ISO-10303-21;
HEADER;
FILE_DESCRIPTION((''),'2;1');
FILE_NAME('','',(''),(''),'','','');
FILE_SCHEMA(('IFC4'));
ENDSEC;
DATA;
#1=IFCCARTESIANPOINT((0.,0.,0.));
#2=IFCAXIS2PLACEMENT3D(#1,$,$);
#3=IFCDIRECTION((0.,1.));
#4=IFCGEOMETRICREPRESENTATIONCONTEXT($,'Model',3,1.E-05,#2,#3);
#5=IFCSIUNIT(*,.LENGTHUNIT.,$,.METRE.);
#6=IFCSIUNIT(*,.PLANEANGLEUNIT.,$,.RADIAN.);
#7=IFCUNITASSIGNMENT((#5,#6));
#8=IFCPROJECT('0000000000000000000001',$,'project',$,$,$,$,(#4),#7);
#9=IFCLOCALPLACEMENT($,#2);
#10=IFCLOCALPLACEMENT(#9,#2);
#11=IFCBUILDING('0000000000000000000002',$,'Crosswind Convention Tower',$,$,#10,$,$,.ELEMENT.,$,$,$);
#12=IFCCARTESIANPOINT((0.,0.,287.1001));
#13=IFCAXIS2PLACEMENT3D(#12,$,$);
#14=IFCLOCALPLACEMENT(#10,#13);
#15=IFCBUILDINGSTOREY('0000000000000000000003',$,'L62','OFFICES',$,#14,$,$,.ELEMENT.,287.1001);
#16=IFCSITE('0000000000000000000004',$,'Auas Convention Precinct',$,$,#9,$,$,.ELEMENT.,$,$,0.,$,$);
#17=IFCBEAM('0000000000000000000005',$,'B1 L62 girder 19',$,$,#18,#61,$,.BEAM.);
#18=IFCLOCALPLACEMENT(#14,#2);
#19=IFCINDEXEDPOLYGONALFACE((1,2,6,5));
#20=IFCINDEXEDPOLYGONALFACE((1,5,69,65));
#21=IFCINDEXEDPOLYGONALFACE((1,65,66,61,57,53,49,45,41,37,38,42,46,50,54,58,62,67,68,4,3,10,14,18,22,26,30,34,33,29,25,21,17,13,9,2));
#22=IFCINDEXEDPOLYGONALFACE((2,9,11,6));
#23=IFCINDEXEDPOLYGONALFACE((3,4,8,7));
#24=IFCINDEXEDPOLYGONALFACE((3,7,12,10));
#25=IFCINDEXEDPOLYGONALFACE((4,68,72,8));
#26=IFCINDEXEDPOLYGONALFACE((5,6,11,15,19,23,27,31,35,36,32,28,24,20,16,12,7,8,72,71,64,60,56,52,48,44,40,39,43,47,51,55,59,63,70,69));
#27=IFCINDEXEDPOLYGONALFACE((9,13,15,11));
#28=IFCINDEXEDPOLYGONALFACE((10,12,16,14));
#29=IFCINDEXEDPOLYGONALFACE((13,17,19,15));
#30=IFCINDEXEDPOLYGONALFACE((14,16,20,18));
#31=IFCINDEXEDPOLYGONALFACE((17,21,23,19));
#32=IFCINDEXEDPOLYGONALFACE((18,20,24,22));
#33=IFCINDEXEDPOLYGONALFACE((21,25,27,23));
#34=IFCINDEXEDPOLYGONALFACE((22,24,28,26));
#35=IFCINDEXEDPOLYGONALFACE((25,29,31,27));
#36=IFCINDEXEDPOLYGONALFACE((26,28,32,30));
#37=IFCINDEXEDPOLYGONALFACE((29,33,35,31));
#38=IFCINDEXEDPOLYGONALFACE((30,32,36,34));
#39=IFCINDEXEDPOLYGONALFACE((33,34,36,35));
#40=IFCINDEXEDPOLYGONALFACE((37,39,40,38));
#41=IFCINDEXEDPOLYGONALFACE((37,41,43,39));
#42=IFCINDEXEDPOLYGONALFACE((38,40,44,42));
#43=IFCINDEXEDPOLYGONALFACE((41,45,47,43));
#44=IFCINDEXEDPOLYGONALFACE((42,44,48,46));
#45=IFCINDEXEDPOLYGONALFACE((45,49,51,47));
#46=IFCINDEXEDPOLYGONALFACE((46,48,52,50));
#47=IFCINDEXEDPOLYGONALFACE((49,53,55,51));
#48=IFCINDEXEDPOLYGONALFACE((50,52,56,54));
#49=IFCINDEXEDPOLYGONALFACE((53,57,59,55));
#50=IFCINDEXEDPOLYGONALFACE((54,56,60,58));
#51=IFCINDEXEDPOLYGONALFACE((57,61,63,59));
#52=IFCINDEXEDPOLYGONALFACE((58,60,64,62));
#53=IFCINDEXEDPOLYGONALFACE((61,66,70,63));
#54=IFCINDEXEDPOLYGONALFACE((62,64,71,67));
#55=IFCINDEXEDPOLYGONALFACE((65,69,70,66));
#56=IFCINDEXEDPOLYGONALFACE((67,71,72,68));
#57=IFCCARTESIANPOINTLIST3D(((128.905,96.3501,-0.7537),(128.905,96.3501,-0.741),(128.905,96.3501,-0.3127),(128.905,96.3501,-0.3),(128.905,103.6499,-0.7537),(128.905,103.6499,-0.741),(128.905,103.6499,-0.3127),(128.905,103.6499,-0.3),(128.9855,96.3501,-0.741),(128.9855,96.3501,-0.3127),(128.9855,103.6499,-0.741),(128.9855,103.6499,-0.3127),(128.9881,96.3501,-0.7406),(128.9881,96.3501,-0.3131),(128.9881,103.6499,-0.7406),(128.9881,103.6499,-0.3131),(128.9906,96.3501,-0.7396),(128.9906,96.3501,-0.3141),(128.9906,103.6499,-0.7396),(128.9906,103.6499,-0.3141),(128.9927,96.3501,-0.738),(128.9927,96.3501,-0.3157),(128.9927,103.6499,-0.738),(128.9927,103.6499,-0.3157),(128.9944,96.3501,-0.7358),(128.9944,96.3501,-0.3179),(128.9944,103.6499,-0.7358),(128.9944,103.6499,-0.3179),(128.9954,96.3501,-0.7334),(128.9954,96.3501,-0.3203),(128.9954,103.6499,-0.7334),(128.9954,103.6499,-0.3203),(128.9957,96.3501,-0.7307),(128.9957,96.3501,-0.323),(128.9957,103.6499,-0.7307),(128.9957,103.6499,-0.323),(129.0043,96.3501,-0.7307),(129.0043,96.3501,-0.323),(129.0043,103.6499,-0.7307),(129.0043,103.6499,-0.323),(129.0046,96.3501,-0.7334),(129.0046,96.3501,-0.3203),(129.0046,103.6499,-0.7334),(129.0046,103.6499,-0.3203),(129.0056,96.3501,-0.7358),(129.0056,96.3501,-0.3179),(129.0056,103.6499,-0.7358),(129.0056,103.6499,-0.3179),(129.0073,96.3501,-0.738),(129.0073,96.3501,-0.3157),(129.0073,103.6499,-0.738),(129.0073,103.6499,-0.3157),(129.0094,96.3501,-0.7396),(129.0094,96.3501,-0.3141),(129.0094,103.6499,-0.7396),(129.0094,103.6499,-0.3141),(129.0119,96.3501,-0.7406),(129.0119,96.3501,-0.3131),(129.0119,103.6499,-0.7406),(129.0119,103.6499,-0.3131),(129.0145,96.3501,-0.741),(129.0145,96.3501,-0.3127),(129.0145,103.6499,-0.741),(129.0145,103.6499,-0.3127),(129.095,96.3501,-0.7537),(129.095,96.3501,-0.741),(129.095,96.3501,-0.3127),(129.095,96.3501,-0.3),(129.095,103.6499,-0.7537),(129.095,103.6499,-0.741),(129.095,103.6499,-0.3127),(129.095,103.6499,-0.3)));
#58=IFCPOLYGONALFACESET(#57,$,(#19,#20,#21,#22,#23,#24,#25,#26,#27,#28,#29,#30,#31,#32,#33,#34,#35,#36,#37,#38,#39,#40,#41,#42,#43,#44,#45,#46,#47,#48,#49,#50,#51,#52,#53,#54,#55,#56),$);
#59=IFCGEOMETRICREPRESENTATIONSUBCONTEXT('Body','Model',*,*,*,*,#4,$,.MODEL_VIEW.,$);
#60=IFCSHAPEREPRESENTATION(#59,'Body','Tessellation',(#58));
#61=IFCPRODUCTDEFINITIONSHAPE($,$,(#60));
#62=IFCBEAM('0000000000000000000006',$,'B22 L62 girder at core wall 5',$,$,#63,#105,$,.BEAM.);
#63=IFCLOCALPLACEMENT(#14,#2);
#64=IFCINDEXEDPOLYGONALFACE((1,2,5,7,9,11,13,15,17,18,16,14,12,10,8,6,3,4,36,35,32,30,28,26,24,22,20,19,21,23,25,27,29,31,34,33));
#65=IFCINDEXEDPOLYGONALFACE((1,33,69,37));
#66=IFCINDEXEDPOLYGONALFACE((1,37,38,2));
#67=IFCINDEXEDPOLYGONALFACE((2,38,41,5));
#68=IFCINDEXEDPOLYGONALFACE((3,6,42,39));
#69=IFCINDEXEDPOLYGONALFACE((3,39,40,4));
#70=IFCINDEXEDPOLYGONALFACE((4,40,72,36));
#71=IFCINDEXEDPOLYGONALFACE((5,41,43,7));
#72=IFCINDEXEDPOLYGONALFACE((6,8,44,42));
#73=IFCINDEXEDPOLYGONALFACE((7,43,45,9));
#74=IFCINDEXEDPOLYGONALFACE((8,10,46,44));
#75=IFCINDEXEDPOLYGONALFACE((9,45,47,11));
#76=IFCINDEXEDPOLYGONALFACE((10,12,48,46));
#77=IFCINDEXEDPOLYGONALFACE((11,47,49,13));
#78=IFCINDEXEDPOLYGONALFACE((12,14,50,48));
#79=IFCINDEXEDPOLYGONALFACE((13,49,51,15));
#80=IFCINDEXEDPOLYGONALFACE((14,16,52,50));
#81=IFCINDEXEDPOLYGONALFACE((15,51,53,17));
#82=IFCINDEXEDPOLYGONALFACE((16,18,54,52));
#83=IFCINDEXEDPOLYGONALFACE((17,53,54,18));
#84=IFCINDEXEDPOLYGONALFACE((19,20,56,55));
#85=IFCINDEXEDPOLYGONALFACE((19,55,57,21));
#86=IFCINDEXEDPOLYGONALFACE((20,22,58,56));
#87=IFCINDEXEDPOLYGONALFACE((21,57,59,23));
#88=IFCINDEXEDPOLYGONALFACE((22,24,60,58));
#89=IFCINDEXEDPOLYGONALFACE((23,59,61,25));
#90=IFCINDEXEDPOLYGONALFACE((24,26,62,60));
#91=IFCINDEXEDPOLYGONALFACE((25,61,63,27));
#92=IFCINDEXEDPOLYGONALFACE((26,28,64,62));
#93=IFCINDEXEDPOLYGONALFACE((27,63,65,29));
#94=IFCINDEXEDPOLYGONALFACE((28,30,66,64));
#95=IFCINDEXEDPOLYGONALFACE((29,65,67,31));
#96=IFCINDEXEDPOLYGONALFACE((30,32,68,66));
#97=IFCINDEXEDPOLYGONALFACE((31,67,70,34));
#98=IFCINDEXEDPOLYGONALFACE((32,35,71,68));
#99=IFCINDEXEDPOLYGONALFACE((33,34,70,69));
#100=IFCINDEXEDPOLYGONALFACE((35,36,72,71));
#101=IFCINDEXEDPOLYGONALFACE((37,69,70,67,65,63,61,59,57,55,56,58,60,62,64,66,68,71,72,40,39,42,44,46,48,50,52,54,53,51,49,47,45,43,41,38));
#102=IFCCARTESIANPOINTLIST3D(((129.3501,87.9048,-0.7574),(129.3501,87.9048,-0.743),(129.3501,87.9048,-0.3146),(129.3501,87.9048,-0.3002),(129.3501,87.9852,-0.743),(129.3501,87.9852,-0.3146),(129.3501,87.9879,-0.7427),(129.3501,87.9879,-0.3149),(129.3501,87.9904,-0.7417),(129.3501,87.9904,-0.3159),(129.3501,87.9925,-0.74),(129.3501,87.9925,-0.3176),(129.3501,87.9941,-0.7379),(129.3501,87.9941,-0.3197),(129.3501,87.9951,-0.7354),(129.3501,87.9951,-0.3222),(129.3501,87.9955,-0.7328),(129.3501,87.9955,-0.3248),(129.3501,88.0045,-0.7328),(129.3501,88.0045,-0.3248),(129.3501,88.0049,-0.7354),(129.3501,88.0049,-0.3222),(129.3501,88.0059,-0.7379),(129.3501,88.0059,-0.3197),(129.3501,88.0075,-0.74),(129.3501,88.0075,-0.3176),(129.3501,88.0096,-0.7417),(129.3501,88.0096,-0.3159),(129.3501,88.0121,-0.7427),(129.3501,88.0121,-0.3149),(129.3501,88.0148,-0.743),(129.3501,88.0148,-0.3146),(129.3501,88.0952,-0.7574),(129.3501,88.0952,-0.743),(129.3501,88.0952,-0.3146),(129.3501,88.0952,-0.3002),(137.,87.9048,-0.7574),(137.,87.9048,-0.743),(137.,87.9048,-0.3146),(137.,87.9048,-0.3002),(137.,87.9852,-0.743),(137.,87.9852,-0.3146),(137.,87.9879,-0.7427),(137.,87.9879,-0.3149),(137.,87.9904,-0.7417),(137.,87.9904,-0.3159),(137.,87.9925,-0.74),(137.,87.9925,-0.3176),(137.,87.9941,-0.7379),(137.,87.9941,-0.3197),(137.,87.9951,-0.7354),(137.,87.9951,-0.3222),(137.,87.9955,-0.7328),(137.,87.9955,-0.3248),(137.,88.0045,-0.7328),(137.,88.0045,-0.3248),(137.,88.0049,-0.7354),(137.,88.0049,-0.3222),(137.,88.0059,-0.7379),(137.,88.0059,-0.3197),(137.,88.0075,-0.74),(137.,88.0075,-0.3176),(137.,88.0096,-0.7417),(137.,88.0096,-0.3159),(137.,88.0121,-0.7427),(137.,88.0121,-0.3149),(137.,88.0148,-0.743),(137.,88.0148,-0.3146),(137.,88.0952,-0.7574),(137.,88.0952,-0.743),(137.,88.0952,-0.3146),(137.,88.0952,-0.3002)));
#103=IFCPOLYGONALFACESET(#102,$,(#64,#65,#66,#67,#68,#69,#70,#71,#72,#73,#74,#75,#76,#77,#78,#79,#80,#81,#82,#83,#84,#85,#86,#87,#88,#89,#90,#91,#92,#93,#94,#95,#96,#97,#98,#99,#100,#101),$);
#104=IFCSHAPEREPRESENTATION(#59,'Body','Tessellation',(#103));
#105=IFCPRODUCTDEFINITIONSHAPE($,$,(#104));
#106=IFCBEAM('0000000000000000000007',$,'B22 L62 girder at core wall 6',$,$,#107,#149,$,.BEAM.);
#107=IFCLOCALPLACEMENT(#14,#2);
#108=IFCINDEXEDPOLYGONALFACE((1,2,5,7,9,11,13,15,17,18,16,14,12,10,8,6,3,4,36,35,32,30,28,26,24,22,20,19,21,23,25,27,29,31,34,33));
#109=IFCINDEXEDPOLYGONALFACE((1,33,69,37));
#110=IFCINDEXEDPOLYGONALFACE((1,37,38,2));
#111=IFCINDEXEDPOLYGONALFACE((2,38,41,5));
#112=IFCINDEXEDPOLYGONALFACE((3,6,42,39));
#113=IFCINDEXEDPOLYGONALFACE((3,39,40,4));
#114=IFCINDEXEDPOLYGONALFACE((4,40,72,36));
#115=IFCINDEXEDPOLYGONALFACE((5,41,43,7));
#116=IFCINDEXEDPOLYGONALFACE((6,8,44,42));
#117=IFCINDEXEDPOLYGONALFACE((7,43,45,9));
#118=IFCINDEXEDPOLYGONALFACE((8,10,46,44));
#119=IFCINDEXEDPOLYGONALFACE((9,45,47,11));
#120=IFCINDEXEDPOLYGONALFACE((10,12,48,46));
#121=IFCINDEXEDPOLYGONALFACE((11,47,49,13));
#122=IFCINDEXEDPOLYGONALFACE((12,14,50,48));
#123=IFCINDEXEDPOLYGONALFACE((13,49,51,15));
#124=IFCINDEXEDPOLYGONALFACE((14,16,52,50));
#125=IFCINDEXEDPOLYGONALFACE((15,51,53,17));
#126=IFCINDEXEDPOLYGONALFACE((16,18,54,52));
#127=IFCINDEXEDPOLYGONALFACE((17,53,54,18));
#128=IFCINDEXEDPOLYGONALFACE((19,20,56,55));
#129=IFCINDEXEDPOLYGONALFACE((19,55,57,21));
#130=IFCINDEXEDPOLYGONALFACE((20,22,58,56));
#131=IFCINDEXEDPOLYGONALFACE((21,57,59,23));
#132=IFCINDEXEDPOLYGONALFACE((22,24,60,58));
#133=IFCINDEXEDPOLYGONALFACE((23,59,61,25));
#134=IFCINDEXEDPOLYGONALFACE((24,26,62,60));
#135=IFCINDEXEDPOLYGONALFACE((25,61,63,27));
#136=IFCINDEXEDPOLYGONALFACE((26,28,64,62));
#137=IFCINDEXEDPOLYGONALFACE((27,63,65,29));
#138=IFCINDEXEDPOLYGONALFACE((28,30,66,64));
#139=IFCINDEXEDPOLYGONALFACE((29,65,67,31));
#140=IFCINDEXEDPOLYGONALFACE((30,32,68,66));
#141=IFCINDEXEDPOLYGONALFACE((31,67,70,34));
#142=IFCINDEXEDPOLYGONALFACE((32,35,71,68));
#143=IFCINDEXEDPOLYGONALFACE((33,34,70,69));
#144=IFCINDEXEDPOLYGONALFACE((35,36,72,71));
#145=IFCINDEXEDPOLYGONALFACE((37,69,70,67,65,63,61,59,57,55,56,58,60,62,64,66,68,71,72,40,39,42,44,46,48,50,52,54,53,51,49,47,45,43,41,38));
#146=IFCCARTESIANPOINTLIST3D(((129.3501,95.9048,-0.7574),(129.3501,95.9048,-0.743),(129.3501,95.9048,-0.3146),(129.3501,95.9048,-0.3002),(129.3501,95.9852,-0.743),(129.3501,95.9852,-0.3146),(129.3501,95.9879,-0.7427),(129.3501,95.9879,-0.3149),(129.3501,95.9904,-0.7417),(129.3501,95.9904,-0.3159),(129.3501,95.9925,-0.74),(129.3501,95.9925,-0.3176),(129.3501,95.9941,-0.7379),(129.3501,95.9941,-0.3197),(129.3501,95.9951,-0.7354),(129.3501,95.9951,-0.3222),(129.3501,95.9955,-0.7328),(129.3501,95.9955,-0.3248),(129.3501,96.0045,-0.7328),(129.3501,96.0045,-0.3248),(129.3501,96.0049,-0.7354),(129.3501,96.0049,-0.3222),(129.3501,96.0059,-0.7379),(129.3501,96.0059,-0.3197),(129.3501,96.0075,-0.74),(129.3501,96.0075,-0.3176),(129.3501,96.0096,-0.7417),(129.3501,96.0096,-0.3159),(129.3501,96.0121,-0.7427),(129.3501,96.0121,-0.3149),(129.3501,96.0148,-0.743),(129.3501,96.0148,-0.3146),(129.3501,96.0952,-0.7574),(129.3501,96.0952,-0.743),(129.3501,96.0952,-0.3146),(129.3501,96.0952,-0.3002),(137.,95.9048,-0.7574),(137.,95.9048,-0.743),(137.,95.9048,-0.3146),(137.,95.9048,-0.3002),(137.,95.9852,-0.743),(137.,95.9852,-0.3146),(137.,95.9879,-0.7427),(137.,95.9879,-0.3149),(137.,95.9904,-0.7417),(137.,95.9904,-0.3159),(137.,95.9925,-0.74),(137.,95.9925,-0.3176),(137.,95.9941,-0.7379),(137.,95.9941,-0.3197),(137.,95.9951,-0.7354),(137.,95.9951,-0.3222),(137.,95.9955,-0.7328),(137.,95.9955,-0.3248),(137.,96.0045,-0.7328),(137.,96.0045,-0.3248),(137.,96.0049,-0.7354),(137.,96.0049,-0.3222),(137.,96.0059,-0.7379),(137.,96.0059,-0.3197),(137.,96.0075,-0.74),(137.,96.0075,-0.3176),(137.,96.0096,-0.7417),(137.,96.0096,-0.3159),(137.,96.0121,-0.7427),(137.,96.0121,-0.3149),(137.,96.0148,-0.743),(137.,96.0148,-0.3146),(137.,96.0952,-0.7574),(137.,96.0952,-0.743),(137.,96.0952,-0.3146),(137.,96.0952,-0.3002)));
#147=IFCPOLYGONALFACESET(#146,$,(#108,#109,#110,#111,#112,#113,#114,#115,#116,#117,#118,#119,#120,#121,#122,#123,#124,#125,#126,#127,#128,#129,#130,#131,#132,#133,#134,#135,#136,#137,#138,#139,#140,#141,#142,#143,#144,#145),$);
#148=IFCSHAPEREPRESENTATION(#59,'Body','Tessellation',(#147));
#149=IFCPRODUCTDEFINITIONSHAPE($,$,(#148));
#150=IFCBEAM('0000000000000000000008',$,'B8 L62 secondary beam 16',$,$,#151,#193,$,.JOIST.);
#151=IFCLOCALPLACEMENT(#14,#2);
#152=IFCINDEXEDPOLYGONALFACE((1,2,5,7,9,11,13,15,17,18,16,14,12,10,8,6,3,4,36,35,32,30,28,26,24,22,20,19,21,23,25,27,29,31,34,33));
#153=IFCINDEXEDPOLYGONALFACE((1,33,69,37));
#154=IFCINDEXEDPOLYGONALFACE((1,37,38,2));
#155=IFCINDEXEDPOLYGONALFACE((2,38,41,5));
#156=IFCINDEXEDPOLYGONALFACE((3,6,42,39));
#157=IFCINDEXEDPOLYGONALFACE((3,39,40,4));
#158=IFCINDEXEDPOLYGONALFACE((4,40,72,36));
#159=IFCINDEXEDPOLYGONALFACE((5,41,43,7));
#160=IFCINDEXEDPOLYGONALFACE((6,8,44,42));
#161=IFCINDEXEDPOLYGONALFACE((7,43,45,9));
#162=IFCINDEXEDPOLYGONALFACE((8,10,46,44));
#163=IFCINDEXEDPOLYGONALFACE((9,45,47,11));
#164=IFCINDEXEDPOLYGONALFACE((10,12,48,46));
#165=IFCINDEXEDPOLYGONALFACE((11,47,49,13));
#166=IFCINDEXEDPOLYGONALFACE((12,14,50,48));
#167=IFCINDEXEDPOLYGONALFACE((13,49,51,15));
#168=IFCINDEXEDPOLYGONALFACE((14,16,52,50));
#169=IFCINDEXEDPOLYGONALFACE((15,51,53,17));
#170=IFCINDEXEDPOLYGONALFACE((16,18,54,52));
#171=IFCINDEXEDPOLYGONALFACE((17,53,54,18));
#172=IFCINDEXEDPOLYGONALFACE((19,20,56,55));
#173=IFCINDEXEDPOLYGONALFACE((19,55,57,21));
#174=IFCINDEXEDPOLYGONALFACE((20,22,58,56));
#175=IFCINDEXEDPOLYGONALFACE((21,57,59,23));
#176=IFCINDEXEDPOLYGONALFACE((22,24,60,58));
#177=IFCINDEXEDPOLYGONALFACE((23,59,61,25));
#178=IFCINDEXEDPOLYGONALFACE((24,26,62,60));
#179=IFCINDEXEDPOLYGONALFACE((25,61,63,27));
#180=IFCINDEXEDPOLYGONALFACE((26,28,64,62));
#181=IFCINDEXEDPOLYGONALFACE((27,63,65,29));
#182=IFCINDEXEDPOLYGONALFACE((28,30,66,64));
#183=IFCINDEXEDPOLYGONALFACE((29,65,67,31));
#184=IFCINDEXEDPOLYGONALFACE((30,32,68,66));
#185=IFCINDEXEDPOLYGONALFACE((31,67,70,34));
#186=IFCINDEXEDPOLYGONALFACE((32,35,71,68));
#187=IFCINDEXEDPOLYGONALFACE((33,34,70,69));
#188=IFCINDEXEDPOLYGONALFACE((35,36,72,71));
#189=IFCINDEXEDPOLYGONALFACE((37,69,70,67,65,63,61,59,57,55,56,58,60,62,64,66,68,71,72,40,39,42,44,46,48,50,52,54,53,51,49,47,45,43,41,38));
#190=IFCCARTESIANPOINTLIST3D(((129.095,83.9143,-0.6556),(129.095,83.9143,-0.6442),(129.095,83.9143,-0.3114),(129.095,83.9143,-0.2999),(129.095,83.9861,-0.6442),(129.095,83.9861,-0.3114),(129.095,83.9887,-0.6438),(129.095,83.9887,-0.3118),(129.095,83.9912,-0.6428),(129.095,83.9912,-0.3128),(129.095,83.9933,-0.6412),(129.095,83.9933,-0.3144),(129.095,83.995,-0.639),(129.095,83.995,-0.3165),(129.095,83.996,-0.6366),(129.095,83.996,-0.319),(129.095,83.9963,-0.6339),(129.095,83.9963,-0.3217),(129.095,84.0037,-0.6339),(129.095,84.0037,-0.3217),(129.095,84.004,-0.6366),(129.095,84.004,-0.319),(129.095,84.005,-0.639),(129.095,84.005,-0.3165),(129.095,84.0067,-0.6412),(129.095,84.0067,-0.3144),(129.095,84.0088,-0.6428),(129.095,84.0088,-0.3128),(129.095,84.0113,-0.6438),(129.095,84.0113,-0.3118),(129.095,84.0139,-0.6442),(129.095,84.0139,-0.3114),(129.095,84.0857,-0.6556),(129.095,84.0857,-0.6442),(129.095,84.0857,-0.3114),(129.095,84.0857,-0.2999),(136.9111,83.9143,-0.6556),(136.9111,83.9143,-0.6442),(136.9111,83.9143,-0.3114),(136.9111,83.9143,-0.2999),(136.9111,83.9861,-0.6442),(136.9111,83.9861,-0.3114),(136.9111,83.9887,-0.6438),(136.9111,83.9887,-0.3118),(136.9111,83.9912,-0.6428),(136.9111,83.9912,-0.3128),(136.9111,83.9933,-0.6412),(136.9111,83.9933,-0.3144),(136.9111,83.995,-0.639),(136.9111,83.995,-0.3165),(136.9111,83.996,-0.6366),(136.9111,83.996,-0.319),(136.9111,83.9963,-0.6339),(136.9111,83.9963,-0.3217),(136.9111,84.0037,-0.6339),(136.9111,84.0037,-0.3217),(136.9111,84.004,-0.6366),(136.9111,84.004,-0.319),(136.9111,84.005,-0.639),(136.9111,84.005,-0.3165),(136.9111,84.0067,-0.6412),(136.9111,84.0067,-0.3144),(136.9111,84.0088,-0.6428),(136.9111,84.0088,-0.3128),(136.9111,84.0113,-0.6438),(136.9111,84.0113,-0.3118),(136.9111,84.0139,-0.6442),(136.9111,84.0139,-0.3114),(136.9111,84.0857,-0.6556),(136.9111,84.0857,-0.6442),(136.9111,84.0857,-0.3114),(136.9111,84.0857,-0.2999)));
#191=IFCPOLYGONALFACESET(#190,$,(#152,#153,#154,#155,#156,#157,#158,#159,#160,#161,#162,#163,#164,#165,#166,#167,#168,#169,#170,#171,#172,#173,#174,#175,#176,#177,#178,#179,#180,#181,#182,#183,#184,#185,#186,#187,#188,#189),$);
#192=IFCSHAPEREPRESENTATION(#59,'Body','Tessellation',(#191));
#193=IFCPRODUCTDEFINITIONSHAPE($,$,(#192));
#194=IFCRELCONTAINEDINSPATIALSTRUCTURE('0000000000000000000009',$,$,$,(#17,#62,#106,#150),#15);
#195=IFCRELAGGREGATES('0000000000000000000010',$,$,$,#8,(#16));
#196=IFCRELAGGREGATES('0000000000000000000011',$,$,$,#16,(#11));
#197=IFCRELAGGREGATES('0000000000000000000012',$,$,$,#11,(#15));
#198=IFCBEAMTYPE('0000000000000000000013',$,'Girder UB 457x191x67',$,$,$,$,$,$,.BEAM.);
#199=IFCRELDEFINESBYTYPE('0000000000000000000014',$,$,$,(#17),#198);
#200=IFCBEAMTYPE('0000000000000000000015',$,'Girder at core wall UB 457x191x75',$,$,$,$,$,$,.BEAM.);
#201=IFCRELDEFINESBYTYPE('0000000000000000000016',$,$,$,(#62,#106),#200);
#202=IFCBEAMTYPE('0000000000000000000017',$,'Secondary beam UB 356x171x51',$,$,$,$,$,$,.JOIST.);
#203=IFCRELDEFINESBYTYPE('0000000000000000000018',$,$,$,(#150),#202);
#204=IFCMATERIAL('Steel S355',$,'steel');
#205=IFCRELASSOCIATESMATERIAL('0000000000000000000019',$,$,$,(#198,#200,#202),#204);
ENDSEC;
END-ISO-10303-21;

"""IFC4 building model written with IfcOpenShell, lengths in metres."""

from ifc_helpers import new_model, si_unit, direction, frame, origin, origin_2d, place, context, subcontext, project, spatial, i_section, extrude, material, material_profile, profile_set, type_object, element, save


model = new_model("IFC4")

# Units and contexts
model_context = context("Model", 3, precision=1e-05, world=origin(), true_north=direction((0.0, 1.0)))
body_context = subcontext(model_context, "Body", "Model", "MODEL_VIEW")
ifc_project = project(units=[si_unit("LENGTHUNIT", "METRE"), si_unit("PLANEANGLEUNIT", "RADIAN")], contexts=[model_context])

# Site, building, storey
site_placement = place(None, origin())
site = spatial("IfcSite", under=ifc_project, at=site_placement, Name="Auas Convention Precinct", CompositionType="ELEMENT", RefElevation=0.0)
building_placement = place(site_placement, origin())
building = spatial("IfcBuilding", under=site, at=building_placement, Name="Crosswind Convention Tower", CompositionType="ELEMENT")
storey_placement = place(building_placement, frame((0.0, 0.0, 287.1001)))
storey = spatial("IfcBuildingStorey", under=building, at=storey_placement, Name="L62", Description="OFFICES", CompositionType="ELEMENT", Elevation=287.1001)

# Beams
ifc_material_1 = material(Name="Steel S355", Category="steel")
ifc_material_profile_1 = material_profile(ifc_material_1, i_section(OverallWidth=0.1899, OverallDepth=0.4536, WebThickness=0.0085, FlangeThickness=0.0127, FilletRadius=0.0103, at=origin_2d()), Name="UB 457x191x67")
ifc_profile_set_1 = profile_set([ifc_material_profile_1], Name="Steel S355")
beam_type_1 = type_object("IfcBeamType", Name="Girder UB 457x191x67", PredefinedType="BEAM", material=ifc_profile_set_1)
for number, where, z_axis, x_axis, name in (
    (1, (129.0, 96.3501, -0.5269), (0.0, 1.0, 0.0), (-1.0, 0.0, 0.0), "B1 L62 girder 19"),
):
    element("IfcBeam", number, at=place(storey_placement, frame(where, z_axis=z_axis, x_axis=x_axis)), inside=storey, type_object=beam_type_1, Name=name, PredefinedType="BEAM", context=body_context, shape_type="SweptSolid", body=[
        extrude(i_section(OverallWidth=0.1899, OverallDepth=0.4536, WebThickness=0.0085, FlangeThickness=0.0127, FilletRadius=0.0103, at=origin_2d()), origin(), (0.0, 0.0, 1.0), 7.2998),
    ])
ifc_material_profile_2 = material_profile(ifc_material_1, i_section(OverallWidth=0.1904, OverallDepth=0.4573, WebThickness=0.009, FlangeThickness=0.0144, FilletRadius=0.0103, at=origin_2d()), Name="UB 457x191x75")
ifc_profile_set_2 = profile_set([ifc_material_profile_2], Name="Steel S355")
beam_type_2 = type_object("IfcBeamType", Name="Girder at core wall UB 457x191x75", PredefinedType="BEAM", material=ifc_profile_set_2)
for number, where, z_axis, x_axis, name in (
    (2, (129.3501, 88.0, -0.5288), (1.0, 0.0, 0.0), (0.0, 1.0, 0.0), "B22 L62 girder at core wall 5"),
    (3, (129.3501, 96.0, -0.5288), (1.0, 0.0, 0.0), (0.0, 1.0, 0.0), "B22 L62 girder at core wall 6"),
):
    element("IfcBeam", number, at=place(storey_placement, frame(where, z_axis=z_axis, x_axis=x_axis)), inside=storey, type_object=beam_type_2, Name=name, PredefinedType="BEAM", context=body_context, shape_type="SweptSolid", body=[
        extrude(i_section(OverallWidth=0.1904, OverallDepth=0.4573, WebThickness=0.009, FlangeThickness=0.0144, FilletRadius=0.0103, at=origin_2d()), origin(), (0.0, 0.0, 1.0), 7.6499),
    ])
ifc_material_profile_3 = material_profile(ifc_material_1, i_section(OverallWidth=0.1714, OverallDepth=0.3557, WebThickness=0.0073, FlangeThickness=0.0115, FilletRadius=0.0103, at=origin_2d()), Name="UB 356x171x51")
ifc_profile_set_3 = profile_set([ifc_material_profile_3], Name="Steel S355")
beam_type_3 = type_object("IfcBeamType", Name="Secondary beam UB 356x171x51", PredefinedType="JOIST", material=ifc_profile_set_3)
beam_1_placement = place(storey_placement, frame((129.095, 84.0, -0.4778), z_axis=(1.0, 0.0, 0.0), x_axis=(0.0, 1.0, 0.0)))
element("IfcBeam", 4, at=beam_1_placement, inside=storey, type_object=beam_type_3, Name="B8 L62 secondary beam 16", PredefinedType="JOIST", context=body_context, shape_type="SweptSolid", body=[
    extrude(i_section(OverallWidth=0.1714, OverallDepth=0.3557, WebThickness=0.0073, FlangeThickness=0.0115, FilletRadius=0.0103, at=origin_2d()), origin(), (0.0, 0.0, 1.0), 7.8162),
])

save(model, "model.ifc")
